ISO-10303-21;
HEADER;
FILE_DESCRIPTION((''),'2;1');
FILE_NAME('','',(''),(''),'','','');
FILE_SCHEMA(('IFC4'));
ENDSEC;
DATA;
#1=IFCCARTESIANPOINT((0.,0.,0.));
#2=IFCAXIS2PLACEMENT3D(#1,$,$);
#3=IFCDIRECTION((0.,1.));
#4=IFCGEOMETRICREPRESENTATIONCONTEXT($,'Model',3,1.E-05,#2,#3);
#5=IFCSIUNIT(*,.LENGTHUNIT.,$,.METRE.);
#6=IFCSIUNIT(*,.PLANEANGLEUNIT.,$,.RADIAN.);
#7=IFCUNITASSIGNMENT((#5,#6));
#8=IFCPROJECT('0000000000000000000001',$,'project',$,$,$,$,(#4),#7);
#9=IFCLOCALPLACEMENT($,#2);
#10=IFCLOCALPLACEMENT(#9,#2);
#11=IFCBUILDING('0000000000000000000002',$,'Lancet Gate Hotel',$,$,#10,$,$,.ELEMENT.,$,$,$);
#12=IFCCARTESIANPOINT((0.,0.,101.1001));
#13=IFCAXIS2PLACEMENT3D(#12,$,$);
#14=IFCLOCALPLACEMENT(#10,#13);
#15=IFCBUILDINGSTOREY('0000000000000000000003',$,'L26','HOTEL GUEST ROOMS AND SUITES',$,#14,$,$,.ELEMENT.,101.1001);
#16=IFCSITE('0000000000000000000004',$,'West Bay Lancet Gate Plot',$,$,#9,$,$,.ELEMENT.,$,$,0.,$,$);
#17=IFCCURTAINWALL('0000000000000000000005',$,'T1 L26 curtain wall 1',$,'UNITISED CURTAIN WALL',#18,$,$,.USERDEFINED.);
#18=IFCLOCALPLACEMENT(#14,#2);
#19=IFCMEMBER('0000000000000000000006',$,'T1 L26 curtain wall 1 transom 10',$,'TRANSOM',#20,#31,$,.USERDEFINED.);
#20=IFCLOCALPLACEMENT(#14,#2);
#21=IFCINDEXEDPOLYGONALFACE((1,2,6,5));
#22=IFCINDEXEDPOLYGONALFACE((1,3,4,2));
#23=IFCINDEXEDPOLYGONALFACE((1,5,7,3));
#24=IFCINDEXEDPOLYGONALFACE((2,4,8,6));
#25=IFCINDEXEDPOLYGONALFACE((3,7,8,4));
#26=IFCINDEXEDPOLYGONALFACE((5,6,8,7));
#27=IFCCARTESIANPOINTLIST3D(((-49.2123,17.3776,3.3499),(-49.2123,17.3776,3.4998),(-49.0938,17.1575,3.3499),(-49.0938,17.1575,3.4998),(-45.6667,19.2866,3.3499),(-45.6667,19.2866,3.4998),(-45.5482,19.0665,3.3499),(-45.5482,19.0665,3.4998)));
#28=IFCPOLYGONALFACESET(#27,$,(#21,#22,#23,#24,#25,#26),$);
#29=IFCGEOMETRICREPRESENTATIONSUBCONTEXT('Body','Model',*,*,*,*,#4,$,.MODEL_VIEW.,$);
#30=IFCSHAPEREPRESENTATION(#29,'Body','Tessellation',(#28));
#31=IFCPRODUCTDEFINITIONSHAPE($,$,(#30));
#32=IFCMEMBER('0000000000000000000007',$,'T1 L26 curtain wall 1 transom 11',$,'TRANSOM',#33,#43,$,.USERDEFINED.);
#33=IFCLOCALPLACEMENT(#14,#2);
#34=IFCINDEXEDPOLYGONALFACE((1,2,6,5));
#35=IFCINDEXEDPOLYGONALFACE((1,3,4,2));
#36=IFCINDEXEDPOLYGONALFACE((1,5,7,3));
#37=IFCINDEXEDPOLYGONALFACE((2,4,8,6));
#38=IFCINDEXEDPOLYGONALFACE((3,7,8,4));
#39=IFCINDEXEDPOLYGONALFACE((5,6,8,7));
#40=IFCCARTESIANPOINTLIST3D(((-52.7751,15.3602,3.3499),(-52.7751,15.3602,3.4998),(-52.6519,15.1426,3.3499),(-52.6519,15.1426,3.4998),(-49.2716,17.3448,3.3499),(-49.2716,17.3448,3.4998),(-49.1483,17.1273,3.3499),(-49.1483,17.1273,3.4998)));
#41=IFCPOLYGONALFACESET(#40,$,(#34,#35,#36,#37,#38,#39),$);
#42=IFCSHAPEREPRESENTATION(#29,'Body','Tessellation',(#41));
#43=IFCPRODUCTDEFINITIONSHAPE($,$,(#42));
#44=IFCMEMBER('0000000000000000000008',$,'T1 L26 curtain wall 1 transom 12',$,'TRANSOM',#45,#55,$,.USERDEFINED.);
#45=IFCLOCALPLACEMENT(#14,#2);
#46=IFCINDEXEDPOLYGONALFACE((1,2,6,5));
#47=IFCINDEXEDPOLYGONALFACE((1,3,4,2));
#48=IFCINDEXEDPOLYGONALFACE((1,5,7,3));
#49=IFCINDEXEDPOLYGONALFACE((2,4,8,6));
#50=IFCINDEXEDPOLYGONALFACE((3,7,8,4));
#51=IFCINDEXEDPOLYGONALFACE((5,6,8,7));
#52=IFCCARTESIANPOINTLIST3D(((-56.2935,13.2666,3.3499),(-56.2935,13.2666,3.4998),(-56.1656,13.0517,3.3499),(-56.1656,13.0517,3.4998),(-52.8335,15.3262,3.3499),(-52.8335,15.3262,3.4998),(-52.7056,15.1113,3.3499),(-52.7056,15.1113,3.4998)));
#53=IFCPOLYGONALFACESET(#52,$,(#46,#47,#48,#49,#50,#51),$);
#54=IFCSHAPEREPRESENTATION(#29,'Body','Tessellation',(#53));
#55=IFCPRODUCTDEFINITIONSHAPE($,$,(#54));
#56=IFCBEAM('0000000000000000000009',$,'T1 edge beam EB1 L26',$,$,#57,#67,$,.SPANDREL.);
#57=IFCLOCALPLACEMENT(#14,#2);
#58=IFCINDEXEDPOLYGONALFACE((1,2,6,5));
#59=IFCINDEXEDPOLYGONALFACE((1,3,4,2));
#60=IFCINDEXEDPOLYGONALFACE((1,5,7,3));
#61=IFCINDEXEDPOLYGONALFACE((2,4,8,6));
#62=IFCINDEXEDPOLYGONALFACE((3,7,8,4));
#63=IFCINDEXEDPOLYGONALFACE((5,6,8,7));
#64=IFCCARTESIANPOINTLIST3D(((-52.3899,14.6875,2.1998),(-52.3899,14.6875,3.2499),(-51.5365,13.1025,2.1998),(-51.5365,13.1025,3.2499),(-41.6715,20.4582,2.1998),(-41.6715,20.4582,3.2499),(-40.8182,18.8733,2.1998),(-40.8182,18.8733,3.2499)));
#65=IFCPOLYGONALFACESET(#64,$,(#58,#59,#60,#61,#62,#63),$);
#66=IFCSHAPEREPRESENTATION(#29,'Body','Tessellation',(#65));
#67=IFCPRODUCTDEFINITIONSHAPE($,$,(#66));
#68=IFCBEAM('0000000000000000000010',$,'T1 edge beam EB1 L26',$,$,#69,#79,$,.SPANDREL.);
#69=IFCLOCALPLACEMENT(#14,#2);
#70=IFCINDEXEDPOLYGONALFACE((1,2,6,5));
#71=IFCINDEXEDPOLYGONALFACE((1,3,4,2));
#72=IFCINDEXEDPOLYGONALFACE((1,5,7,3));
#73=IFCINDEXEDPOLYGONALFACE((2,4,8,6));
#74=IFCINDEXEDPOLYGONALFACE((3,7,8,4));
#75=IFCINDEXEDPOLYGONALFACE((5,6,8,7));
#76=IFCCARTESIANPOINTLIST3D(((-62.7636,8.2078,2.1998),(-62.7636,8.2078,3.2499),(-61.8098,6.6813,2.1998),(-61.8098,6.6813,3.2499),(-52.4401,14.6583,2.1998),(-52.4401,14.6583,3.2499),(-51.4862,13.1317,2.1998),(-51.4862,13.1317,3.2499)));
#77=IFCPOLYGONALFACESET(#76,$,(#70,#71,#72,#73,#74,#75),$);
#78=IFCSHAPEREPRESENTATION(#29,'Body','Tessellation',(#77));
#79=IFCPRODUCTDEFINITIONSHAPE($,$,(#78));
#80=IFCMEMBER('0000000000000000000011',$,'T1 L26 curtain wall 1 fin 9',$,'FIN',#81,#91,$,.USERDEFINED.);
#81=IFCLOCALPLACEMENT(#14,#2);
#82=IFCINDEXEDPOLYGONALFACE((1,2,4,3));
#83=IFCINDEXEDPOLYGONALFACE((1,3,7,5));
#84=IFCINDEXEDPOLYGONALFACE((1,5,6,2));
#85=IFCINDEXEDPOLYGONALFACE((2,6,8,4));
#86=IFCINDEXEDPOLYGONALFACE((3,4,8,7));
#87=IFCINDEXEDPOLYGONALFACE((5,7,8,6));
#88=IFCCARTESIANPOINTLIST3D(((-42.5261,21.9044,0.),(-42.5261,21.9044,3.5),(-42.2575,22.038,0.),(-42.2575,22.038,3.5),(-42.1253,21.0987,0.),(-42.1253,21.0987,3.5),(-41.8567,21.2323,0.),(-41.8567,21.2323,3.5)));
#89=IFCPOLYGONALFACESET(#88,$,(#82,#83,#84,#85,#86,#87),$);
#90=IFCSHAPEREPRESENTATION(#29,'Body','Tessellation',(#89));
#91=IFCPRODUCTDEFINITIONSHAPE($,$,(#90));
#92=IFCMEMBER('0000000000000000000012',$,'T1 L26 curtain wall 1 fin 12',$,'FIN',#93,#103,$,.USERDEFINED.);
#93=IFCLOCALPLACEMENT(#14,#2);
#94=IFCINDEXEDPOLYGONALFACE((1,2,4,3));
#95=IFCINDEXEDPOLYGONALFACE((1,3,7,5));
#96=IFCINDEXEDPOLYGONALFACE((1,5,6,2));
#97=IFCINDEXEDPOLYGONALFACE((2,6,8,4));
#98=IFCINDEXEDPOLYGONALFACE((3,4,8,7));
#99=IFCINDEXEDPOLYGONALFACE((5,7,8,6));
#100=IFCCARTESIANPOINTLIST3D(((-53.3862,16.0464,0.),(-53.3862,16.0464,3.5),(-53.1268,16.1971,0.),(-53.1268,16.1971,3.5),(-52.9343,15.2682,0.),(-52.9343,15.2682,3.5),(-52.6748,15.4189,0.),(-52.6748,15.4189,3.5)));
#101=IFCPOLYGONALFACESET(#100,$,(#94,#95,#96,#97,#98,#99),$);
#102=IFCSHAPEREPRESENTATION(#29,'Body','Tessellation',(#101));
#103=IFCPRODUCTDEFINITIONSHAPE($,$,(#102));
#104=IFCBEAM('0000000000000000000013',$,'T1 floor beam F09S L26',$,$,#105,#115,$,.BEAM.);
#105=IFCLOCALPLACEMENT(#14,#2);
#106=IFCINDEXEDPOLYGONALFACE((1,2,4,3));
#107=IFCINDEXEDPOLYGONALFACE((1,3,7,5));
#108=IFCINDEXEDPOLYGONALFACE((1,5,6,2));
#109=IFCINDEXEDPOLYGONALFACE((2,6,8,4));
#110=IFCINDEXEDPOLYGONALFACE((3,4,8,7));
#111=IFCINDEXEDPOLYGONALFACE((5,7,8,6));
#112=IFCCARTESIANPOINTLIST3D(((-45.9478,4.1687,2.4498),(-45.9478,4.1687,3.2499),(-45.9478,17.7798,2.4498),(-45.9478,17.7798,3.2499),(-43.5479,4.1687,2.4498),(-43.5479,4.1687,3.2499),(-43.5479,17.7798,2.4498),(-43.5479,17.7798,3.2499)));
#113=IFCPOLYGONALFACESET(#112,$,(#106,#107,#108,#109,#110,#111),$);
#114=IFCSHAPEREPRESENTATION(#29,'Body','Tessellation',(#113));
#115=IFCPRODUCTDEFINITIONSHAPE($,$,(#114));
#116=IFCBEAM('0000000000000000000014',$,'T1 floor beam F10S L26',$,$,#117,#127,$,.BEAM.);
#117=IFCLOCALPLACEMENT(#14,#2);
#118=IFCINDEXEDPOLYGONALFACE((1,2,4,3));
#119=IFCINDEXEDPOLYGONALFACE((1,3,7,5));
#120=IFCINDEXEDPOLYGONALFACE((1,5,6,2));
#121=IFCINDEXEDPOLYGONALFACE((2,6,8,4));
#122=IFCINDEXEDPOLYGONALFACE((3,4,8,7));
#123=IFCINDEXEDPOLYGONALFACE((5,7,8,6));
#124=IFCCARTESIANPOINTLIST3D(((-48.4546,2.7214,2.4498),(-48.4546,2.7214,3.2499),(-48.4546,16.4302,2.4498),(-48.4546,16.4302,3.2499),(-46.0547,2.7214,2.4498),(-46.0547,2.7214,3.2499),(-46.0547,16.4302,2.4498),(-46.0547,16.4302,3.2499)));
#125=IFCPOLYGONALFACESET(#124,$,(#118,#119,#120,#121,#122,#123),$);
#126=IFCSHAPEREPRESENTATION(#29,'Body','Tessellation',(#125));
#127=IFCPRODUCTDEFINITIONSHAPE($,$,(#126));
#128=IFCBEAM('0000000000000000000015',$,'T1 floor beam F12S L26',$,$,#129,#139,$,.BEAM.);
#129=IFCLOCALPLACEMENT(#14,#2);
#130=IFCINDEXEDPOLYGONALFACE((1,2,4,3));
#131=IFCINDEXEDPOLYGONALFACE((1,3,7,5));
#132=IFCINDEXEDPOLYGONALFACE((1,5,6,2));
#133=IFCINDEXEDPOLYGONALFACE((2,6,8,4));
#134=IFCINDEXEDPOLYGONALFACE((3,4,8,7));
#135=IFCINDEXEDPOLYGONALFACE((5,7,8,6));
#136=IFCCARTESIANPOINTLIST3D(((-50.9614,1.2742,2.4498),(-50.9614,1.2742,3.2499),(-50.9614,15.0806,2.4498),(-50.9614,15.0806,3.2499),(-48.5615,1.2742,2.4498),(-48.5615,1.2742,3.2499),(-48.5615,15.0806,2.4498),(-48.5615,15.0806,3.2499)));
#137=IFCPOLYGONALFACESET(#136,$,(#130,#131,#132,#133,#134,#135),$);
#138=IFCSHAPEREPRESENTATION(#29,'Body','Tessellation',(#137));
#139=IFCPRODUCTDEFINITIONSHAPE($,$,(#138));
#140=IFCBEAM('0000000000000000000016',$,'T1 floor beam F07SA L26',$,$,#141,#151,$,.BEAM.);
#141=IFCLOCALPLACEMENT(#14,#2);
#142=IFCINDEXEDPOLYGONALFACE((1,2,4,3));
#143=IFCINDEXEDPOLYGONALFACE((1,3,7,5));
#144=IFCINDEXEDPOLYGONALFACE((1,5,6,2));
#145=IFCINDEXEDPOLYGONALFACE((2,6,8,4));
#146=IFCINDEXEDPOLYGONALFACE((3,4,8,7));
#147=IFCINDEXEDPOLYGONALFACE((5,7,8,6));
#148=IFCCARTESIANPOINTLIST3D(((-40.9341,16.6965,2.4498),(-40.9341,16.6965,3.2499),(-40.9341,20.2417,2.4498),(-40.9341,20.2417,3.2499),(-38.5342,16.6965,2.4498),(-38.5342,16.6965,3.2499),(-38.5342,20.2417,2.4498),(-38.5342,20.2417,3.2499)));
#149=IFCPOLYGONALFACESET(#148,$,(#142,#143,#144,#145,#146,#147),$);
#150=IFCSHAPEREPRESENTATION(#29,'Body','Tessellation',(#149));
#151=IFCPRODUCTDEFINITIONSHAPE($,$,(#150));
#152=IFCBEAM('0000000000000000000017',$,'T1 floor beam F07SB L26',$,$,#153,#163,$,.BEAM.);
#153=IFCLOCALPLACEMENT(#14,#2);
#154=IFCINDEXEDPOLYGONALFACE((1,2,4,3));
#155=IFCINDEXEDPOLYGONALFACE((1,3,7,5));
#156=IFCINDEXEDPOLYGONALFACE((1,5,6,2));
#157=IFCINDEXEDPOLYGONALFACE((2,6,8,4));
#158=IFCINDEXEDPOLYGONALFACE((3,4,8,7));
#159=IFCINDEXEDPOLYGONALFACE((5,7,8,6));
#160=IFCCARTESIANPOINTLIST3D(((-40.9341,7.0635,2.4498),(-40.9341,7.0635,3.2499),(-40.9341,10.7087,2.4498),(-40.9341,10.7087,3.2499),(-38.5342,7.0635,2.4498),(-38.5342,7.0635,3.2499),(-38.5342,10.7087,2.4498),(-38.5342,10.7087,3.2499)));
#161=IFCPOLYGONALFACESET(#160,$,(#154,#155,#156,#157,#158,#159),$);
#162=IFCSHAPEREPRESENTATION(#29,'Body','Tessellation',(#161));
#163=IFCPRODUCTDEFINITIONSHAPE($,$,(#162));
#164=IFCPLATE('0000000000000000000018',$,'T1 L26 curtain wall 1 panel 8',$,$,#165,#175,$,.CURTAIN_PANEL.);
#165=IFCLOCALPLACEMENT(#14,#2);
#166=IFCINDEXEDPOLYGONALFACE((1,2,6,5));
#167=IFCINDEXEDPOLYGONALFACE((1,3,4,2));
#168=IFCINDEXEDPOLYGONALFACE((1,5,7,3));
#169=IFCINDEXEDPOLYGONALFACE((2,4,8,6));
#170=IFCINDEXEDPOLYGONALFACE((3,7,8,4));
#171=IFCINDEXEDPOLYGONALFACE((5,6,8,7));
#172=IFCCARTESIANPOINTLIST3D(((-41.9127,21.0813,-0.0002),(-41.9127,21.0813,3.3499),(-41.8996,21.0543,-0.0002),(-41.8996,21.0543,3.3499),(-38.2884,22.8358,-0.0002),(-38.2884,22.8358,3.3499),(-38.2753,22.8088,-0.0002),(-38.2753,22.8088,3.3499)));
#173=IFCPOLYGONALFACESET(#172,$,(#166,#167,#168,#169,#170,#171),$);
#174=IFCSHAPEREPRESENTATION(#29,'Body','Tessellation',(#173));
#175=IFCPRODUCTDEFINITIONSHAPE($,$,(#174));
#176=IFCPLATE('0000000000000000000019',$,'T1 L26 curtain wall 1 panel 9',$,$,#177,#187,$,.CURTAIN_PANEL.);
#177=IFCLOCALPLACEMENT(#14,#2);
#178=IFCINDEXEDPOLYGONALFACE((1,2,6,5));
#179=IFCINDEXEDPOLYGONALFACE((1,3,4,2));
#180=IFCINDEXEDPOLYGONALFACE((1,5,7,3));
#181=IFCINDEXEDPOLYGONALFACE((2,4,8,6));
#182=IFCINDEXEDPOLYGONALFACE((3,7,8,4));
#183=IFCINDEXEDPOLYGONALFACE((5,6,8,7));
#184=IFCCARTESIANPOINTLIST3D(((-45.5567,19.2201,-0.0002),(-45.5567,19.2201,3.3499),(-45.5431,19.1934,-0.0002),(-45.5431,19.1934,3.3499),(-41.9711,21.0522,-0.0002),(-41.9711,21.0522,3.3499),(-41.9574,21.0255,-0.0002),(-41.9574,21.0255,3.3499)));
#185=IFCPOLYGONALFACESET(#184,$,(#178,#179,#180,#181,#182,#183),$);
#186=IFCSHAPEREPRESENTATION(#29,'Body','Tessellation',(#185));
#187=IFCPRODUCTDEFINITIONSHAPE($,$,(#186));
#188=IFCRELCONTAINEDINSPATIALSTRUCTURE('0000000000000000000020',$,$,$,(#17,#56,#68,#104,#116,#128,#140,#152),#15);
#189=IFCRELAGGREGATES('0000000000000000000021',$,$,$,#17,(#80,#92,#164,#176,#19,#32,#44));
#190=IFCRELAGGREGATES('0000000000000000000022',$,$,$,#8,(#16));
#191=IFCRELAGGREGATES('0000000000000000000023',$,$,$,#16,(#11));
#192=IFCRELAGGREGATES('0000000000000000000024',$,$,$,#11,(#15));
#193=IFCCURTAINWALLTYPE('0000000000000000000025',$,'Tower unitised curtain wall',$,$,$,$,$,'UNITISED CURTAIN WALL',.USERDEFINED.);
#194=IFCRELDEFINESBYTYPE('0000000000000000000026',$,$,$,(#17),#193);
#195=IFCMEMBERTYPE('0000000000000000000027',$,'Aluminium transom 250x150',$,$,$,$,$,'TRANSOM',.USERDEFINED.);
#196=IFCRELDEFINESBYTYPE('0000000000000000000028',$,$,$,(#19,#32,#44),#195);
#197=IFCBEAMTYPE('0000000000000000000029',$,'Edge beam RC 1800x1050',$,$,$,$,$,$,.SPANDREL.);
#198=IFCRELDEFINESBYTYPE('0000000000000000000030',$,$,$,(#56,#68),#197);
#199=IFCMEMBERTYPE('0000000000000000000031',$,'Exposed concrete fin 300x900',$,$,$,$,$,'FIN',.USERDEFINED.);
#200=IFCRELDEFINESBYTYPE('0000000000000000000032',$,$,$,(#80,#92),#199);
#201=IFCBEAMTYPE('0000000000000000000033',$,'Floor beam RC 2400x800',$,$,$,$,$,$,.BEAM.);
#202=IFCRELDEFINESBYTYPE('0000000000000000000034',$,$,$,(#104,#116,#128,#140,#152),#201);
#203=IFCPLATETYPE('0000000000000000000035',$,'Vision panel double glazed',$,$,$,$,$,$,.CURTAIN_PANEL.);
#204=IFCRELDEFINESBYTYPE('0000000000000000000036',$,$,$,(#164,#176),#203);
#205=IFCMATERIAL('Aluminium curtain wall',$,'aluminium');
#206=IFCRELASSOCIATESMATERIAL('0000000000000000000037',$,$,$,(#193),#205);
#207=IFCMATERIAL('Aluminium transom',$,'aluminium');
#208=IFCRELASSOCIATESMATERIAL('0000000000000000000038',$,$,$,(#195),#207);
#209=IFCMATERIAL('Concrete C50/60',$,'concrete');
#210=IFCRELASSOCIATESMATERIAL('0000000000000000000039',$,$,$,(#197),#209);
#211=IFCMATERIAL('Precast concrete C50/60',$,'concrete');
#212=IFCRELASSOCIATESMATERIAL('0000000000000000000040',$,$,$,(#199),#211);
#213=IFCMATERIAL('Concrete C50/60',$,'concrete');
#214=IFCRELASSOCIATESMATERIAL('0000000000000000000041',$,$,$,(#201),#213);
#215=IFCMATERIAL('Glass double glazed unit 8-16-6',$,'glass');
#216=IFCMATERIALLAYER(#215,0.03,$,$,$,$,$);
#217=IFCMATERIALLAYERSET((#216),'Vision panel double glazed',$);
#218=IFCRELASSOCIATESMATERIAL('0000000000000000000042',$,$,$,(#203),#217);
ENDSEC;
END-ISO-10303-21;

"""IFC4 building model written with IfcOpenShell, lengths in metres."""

from ifc_helpers import new_model, si_unit, direction, frame, origin, origin_2d, place, context, subcontext, project, spatial, rectangle, extrude, material, layer, layer_set, material_profile, profile_set, type_object, element, aggregate, save


model = new_model("IFC4")

# Units and contexts
model_context = context("Model", 3, precision=1e-05, world=origin(), true_north=direction((0.0, 1.0)))
body_context = subcontext(model_context, "Body", "Model", "MODEL_VIEW")
ifc_project = project(units=[si_unit("LENGTHUNIT", "METRE"), si_unit("PLANEANGLEUNIT", "RADIAN")], contexts=[model_context])

# Site, building, storey
site_placement = place(None, origin())
site = spatial("IfcSite", under=ifc_project, at=site_placement, Name="West Bay Lancet Gate Plot", CompositionType="ELEMENT", RefElevation=0.0)
building_placement = place(site_placement, origin())
building = spatial("IfcBuilding", under=site, at=building_placement, Name="Lancet Gate Hotel", CompositionType="ELEMENT")
storey_placement = place(building_placement, frame((0.0, 0.0, 101.1001)))
storey = spatial("IfcBuildingStorey", under=building, at=storey_placement, Name="L26", Description="HOTEL GUEST ROOMS AND SUITES", CompositionType="ELEMENT", Elevation=101.1001)

# Curtain wall, members
ifc_material_1 = material(Name="Aluminium curtain wall", Category="aluminium")
curtain_wall_type = type_object("IfcCurtainWallType", Name="Tower unitised curtain wall", ElementType="UNITISED CURTAIN WALL", PredefinedType="USERDEFINED", material=ifc_material_1)
curtain_wall_placement = place(storey_placement, origin())
curtain_wall = element("IfcCurtainWall", 1, at=curtain_wall_placement, inside=storey, type_object=curtain_wall_type, Name="T1 L26 curtain wall 1", ObjectType="UNITISED CURTAIN WALL", PredefinedType="USERDEFINED")
ifc_material_2 = material(Name="Aluminium transom", Category="aluminium")
ifc_material_profile_1 = material_profile(ifc_material_2, rectangle(XDim=0.25, YDim=0.1499, at=origin_2d()), Name="TRANSOM 250x150")
ifc_profile_set_1 = profile_set([ifc_material_profile_1], Name="Aluminium transom")
member_type_1 = type_object("IfcMemberType", Name="Aluminium transom 250x150", ElementType="TRANSOM", PredefinedType="USERDEFINED", material=ifc_profile_set_1)
member_1_placement = place(storey_placement, frame((-45.6074, 19.1765, 3.4248), z_axis=(-0.880498, -0.474049, 0.0), x_axis=(0.474049, -0.880498, 0.0)))
member_1 = element("IfcMember", 2, at=member_1_placement, type_object=member_type_1, Name="T1 L26 curtain wall 1 transom 10", ObjectType="TRANSOM", PredefinedType="USERDEFINED", context=body_context, shape_type="SweptSolid", body=[
    extrude(rectangle(XDim=0.25, YDim=0.1499, at=origin_2d()), origin(), (0.0, 0.0, 1.0), 4.0269),
])
member_2_placement = place(storey_placement, frame((-49.21, 17.2361, 3.4248), z_axis=(-0.870092, -0.49289, 0.0), x_axis=(0.49289, -0.870092, 0.0)))
member_2 = element("IfcMember", 3, at=member_2_placement, type_object=member_type_1, Name="T1 L26 curtain wall 1 transom 11", ObjectType="TRANSOM", PredefinedType="USERDEFINED", context=body_context, shape_type="SweptSolid", body=[
    extrude(rectangle(XDim=0.25, YDim=0.1499, at=origin_2d()), origin(), (0.0, 0.0, 1.0), 4.0266),
])
member_3_placement = place(storey_placement, frame((-52.7695, 15.2188, 3.4248), z_axis=(-0.859285, -0.511497, 0.0), x_axis=(0.511497, -0.859285, 0.0)))
member_3 = element("IfcMember", 4, at=member_3_placement, type_object=member_type_1, Name="T1 L26 curtain wall 1 transom 12", ObjectType="TRANSOM", PredefinedType="USERDEFINED", context=body_context, shape_type="SweptSolid", body=[
    extrude(rectangle(XDim=0.25, YDim=0.1499, at=origin_2d()), origin(), (0.0, 0.0, 1.0), 4.0266),
])

# Beams
ifc_material_3 = material(Name="Concrete C50/60", Category="concrete")
ifc_material_profile_2 = material_profile(ifc_material_3, rectangle(XDim=1.8, YDim=1.05, at=origin_2d()), Name="RC 1800x1050")
ifc_profile_set_2 = profile_set([ifc_material_profile_2], Name="Concrete C50/60")
beam_type_1 = type_object("IfcBeamType", Name="Edge beam RC 1800x1050", PredefinedType="SPANDREL", material=ifc_profile_set_2)
for number, where, z_axis, x_axis, name in (
    (5, (-41.2449, 19.6658, 2.7249), (-0.880492, -0.47406, 0.0), (0.47406, -0.880492, 0.0), "T1 edge beam EB1 L26"),
    (6, (-51.9631, 13.895, 2.7249), (-0.848063, -0.529896, 0.0), (0.529896, -0.848063, 0.0), "T1 edge beam EB1 L26"),
):
    element("IfcBeam", number, at=place(storey_placement, frame(where, z_axis=z_axis, x_axis=x_axis)), inside=storey, type_object=beam_type_1, Name=name, PredefinedType="SPANDREL", context=body_context, shape_type="SweptSolid", body=[
        extrude(rectangle(XDim=1.8, YDim=1.05, at=origin_2d()), origin(), (0.0, 0.0, 1.0), 12.1731),
    ])

# Members
ifc_material_4 = material(Name="Precast concrete C50/60", Category="concrete")
ifc_material_profile_3 = material_profile(ifc_material_4, rectangle(XDim=0.3, YDim=0.8999, at=origin_2d()), Name="FIN 300x900")
ifc_profile_set_3 = profile_set([ifc_material_profile_3], Name="Precast concrete C50/60")
member_type_2 = type_object("IfcMemberType", Name="Exposed concrete fin 300x900", ElementType="FIN", PredefinedType="USERDEFINED", material=ifc_profile_set_3)
member_4_placement = place(storey_placement, frame((-42.1914, 21.5684, 0.0), z_axis=(0.0, 0.0, 1.0), x_axis=(-0.895339, -0.445384, 0.0)))
member_4 = element("IfcMember", 7, at=member_4_placement, type_object=member_type_2, Name="T1 L26 curtain wall 1 fin 9", ObjectType="FIN", PredefinedType="USERDEFINED", context=body_context, shape_type="SweptSolid", body=[
    extrude(rectangle(XDim=0.3, YDim=0.8999, at=origin_2d()), origin(), (0.0, 0.0, 1.0), 3.5),
])
member_5_placement = place(storey_placement, frame((-53.0305, 15.7327, 0.0), z_axis=(0.0, 0.0, 1.0), x_axis=(-0.864728, -0.502241, 0.0)))
member_5 = element("IfcMember", 8, at=member_5_placement, type_object=member_type_2, Name="T1 L26 curtain wall 1 fin 12", ObjectType="FIN", PredefinedType="USERDEFINED", context=body_context, shape_type="SweptSolid", body=[
    extrude(rectangle(XDim=0.3, YDim=0.8999, at=origin_2d()), origin(), (0.0, 0.0, 1.0), 3.5),
])

# Beams
ifc_material_5 = material(Name="Concrete C50/60", Category="concrete")
ifc_material_profile_4 = material_profile(ifc_material_5, rectangle(XDim=2.3999, YDim=0.8, at=origin_2d()), Name="RC 2400x800")
ifc_profile_set_4 = profile_set([ifc_material_profile_4], Name="Concrete C50/60")
beam_type_2 = type_object("IfcBeamType", Name="Floor beam RC 2400x800", PredefinedType="BEAM", material=ifc_profile_set_4)
beam_1_placement = place(storey_placement, frame((-44.7478, 17.7798, 2.8499), z_axis=(0.0, -1.0, 0.0), x_axis=(1.0, 0.0, 0.0)))
element("IfcBeam", 9, at=beam_1_placement, inside=storey, type_object=beam_type_2, Name="T1 floor beam F09S L26", PredefinedType="BEAM", context=body_context, shape_type="SweptSolid", body=[
    extrude(rectangle(XDim=2.3999, YDim=0.8, at=origin_2d()), origin(), (0.0, 0.0, 1.0), 13.6111),
])
beam_2_placement = place(storey_placement, frame((-47.2546, 16.4302, 2.8499), z_axis=(0.0, -1.0, 0.0), x_axis=(1.0, 0.0, 0.0)))
element("IfcBeam", 10, at=beam_2_placement, inside=storey, type_object=beam_type_2, Name="T1 floor beam F10S L26", PredefinedType="BEAM", context=body_context, shape_type="SweptSolid", body=[
    extrude(rectangle(XDim=2.3999, YDim=0.8, at=origin_2d()), origin(), (0.0, 0.0, 1.0), 13.7087),
])
beam_3_placement = place(storey_placement, frame((-49.7615, 15.0806, 2.8499), z_axis=(0.0, -1.0, 0.0), x_axis=(1.0, 0.0, 0.0)))
element("IfcBeam", 11, at=beam_3_placement, inside=storey, type_object=beam_type_2, Name="T1 floor beam F12S L26", PredefinedType="BEAM", context=body_context, shape_type="SweptSolid", body=[
    extrude(rectangle(XDim=2.3999, YDim=0.8, at=origin_2d()), origin(), (0.0, 0.0, 1.0), 13.8064),
])
beam_4_placement = place(storey_placement, frame((-39.7341, 20.2417, 2.8499), z_axis=(0.0, -1.0, 0.0), x_axis=(1.0, 0.0, 0.0)))
element("IfcBeam", 12, at=beam_4_placement, inside=storey, type_object=beam_type_2, Name="T1 floor beam F07SA L26", PredefinedType="BEAM", context=body_context, shape_type="SweptSolid", body=[
    extrude(rectangle(XDim=2.3999, YDim=0.8, at=origin_2d()), origin(), (0.0, 0.0, 1.0), 3.5452),
])
beam_5_placement = place(storey_placement, frame((-39.7341, 10.7087, 2.8499), z_axis=(0.0, -1.0, 0.0), x_axis=(1.0, 0.0, 0.0)))
element("IfcBeam", 13, at=beam_5_placement, inside=storey, type_object=beam_type_2, Name="T1 floor beam F07SB L26", PredefinedType="BEAM", context=body_context, shape_type="SweptSolid", body=[
    extrude(rectangle(XDim=2.3999, YDim=0.8, at=origin_2d()), origin(), (0.0, 0.0, 1.0), 3.6453),
])

# Plates
ifc_material_6 = material(Name="Glass double glazed unit 8-16-6", Category="glass")
ifc_layer_1 = layer(ifc_material_6, 0.03)
ifc_layer_set_1 = layer_set([ifc_layer_1], Name="Vision panel double glazed")
plate_type = type_object("IfcPlateType", Name="Vision panel double glazed", PredefinedType="CURTAIN_PANEL", material=ifc_layer_set_1)
plate_1_placement = place(storey_placement, frame((-40.094, 21.9451, -0.0002), z_axis=(0.0, 0.0, 1.0), x_axis=(-0.900082, -0.435721, 0.0)))
plate_1 = element("IfcPlate", 14, at=plate_1_placement, type_object=plate_type, Name="T1 L26 curtain wall 1 panel 8", PredefinedType="CURTAIN_PANEL", context=body_context, shape_type="SweptSolid", body=[
    extrude(rectangle(XDim=4.0266, YDim=0.03, at=origin_2d()), origin(), (0.0, 0.0, 1.0), 3.3501),
])
plate_2_placement = place(storey_placement, frame((-43.7571, 20.1228, -0.0002), z_axis=(0.0, 0.0, 1.0), x_axis=(-0.890493, -0.454996, 0.0)))
plate_2 = element("IfcPlate", 15, at=plate_2_placement, type_object=plate_type, Name="T1 L26 curtain wall 1 panel 9", PredefinedType="CURTAIN_PANEL", context=body_context, shape_type="SweptSolid", body=[
    extrude(rectangle(XDim=4.0266, YDim=0.03, at=origin_2d()), origin(), (0.0, 0.0, 1.0), 3.3501),
])
aggregate(curtain_wall, [member_4, member_5, plate_1, plate_2, member_1, member_2, member_3])

save(model, "model.ifc")
